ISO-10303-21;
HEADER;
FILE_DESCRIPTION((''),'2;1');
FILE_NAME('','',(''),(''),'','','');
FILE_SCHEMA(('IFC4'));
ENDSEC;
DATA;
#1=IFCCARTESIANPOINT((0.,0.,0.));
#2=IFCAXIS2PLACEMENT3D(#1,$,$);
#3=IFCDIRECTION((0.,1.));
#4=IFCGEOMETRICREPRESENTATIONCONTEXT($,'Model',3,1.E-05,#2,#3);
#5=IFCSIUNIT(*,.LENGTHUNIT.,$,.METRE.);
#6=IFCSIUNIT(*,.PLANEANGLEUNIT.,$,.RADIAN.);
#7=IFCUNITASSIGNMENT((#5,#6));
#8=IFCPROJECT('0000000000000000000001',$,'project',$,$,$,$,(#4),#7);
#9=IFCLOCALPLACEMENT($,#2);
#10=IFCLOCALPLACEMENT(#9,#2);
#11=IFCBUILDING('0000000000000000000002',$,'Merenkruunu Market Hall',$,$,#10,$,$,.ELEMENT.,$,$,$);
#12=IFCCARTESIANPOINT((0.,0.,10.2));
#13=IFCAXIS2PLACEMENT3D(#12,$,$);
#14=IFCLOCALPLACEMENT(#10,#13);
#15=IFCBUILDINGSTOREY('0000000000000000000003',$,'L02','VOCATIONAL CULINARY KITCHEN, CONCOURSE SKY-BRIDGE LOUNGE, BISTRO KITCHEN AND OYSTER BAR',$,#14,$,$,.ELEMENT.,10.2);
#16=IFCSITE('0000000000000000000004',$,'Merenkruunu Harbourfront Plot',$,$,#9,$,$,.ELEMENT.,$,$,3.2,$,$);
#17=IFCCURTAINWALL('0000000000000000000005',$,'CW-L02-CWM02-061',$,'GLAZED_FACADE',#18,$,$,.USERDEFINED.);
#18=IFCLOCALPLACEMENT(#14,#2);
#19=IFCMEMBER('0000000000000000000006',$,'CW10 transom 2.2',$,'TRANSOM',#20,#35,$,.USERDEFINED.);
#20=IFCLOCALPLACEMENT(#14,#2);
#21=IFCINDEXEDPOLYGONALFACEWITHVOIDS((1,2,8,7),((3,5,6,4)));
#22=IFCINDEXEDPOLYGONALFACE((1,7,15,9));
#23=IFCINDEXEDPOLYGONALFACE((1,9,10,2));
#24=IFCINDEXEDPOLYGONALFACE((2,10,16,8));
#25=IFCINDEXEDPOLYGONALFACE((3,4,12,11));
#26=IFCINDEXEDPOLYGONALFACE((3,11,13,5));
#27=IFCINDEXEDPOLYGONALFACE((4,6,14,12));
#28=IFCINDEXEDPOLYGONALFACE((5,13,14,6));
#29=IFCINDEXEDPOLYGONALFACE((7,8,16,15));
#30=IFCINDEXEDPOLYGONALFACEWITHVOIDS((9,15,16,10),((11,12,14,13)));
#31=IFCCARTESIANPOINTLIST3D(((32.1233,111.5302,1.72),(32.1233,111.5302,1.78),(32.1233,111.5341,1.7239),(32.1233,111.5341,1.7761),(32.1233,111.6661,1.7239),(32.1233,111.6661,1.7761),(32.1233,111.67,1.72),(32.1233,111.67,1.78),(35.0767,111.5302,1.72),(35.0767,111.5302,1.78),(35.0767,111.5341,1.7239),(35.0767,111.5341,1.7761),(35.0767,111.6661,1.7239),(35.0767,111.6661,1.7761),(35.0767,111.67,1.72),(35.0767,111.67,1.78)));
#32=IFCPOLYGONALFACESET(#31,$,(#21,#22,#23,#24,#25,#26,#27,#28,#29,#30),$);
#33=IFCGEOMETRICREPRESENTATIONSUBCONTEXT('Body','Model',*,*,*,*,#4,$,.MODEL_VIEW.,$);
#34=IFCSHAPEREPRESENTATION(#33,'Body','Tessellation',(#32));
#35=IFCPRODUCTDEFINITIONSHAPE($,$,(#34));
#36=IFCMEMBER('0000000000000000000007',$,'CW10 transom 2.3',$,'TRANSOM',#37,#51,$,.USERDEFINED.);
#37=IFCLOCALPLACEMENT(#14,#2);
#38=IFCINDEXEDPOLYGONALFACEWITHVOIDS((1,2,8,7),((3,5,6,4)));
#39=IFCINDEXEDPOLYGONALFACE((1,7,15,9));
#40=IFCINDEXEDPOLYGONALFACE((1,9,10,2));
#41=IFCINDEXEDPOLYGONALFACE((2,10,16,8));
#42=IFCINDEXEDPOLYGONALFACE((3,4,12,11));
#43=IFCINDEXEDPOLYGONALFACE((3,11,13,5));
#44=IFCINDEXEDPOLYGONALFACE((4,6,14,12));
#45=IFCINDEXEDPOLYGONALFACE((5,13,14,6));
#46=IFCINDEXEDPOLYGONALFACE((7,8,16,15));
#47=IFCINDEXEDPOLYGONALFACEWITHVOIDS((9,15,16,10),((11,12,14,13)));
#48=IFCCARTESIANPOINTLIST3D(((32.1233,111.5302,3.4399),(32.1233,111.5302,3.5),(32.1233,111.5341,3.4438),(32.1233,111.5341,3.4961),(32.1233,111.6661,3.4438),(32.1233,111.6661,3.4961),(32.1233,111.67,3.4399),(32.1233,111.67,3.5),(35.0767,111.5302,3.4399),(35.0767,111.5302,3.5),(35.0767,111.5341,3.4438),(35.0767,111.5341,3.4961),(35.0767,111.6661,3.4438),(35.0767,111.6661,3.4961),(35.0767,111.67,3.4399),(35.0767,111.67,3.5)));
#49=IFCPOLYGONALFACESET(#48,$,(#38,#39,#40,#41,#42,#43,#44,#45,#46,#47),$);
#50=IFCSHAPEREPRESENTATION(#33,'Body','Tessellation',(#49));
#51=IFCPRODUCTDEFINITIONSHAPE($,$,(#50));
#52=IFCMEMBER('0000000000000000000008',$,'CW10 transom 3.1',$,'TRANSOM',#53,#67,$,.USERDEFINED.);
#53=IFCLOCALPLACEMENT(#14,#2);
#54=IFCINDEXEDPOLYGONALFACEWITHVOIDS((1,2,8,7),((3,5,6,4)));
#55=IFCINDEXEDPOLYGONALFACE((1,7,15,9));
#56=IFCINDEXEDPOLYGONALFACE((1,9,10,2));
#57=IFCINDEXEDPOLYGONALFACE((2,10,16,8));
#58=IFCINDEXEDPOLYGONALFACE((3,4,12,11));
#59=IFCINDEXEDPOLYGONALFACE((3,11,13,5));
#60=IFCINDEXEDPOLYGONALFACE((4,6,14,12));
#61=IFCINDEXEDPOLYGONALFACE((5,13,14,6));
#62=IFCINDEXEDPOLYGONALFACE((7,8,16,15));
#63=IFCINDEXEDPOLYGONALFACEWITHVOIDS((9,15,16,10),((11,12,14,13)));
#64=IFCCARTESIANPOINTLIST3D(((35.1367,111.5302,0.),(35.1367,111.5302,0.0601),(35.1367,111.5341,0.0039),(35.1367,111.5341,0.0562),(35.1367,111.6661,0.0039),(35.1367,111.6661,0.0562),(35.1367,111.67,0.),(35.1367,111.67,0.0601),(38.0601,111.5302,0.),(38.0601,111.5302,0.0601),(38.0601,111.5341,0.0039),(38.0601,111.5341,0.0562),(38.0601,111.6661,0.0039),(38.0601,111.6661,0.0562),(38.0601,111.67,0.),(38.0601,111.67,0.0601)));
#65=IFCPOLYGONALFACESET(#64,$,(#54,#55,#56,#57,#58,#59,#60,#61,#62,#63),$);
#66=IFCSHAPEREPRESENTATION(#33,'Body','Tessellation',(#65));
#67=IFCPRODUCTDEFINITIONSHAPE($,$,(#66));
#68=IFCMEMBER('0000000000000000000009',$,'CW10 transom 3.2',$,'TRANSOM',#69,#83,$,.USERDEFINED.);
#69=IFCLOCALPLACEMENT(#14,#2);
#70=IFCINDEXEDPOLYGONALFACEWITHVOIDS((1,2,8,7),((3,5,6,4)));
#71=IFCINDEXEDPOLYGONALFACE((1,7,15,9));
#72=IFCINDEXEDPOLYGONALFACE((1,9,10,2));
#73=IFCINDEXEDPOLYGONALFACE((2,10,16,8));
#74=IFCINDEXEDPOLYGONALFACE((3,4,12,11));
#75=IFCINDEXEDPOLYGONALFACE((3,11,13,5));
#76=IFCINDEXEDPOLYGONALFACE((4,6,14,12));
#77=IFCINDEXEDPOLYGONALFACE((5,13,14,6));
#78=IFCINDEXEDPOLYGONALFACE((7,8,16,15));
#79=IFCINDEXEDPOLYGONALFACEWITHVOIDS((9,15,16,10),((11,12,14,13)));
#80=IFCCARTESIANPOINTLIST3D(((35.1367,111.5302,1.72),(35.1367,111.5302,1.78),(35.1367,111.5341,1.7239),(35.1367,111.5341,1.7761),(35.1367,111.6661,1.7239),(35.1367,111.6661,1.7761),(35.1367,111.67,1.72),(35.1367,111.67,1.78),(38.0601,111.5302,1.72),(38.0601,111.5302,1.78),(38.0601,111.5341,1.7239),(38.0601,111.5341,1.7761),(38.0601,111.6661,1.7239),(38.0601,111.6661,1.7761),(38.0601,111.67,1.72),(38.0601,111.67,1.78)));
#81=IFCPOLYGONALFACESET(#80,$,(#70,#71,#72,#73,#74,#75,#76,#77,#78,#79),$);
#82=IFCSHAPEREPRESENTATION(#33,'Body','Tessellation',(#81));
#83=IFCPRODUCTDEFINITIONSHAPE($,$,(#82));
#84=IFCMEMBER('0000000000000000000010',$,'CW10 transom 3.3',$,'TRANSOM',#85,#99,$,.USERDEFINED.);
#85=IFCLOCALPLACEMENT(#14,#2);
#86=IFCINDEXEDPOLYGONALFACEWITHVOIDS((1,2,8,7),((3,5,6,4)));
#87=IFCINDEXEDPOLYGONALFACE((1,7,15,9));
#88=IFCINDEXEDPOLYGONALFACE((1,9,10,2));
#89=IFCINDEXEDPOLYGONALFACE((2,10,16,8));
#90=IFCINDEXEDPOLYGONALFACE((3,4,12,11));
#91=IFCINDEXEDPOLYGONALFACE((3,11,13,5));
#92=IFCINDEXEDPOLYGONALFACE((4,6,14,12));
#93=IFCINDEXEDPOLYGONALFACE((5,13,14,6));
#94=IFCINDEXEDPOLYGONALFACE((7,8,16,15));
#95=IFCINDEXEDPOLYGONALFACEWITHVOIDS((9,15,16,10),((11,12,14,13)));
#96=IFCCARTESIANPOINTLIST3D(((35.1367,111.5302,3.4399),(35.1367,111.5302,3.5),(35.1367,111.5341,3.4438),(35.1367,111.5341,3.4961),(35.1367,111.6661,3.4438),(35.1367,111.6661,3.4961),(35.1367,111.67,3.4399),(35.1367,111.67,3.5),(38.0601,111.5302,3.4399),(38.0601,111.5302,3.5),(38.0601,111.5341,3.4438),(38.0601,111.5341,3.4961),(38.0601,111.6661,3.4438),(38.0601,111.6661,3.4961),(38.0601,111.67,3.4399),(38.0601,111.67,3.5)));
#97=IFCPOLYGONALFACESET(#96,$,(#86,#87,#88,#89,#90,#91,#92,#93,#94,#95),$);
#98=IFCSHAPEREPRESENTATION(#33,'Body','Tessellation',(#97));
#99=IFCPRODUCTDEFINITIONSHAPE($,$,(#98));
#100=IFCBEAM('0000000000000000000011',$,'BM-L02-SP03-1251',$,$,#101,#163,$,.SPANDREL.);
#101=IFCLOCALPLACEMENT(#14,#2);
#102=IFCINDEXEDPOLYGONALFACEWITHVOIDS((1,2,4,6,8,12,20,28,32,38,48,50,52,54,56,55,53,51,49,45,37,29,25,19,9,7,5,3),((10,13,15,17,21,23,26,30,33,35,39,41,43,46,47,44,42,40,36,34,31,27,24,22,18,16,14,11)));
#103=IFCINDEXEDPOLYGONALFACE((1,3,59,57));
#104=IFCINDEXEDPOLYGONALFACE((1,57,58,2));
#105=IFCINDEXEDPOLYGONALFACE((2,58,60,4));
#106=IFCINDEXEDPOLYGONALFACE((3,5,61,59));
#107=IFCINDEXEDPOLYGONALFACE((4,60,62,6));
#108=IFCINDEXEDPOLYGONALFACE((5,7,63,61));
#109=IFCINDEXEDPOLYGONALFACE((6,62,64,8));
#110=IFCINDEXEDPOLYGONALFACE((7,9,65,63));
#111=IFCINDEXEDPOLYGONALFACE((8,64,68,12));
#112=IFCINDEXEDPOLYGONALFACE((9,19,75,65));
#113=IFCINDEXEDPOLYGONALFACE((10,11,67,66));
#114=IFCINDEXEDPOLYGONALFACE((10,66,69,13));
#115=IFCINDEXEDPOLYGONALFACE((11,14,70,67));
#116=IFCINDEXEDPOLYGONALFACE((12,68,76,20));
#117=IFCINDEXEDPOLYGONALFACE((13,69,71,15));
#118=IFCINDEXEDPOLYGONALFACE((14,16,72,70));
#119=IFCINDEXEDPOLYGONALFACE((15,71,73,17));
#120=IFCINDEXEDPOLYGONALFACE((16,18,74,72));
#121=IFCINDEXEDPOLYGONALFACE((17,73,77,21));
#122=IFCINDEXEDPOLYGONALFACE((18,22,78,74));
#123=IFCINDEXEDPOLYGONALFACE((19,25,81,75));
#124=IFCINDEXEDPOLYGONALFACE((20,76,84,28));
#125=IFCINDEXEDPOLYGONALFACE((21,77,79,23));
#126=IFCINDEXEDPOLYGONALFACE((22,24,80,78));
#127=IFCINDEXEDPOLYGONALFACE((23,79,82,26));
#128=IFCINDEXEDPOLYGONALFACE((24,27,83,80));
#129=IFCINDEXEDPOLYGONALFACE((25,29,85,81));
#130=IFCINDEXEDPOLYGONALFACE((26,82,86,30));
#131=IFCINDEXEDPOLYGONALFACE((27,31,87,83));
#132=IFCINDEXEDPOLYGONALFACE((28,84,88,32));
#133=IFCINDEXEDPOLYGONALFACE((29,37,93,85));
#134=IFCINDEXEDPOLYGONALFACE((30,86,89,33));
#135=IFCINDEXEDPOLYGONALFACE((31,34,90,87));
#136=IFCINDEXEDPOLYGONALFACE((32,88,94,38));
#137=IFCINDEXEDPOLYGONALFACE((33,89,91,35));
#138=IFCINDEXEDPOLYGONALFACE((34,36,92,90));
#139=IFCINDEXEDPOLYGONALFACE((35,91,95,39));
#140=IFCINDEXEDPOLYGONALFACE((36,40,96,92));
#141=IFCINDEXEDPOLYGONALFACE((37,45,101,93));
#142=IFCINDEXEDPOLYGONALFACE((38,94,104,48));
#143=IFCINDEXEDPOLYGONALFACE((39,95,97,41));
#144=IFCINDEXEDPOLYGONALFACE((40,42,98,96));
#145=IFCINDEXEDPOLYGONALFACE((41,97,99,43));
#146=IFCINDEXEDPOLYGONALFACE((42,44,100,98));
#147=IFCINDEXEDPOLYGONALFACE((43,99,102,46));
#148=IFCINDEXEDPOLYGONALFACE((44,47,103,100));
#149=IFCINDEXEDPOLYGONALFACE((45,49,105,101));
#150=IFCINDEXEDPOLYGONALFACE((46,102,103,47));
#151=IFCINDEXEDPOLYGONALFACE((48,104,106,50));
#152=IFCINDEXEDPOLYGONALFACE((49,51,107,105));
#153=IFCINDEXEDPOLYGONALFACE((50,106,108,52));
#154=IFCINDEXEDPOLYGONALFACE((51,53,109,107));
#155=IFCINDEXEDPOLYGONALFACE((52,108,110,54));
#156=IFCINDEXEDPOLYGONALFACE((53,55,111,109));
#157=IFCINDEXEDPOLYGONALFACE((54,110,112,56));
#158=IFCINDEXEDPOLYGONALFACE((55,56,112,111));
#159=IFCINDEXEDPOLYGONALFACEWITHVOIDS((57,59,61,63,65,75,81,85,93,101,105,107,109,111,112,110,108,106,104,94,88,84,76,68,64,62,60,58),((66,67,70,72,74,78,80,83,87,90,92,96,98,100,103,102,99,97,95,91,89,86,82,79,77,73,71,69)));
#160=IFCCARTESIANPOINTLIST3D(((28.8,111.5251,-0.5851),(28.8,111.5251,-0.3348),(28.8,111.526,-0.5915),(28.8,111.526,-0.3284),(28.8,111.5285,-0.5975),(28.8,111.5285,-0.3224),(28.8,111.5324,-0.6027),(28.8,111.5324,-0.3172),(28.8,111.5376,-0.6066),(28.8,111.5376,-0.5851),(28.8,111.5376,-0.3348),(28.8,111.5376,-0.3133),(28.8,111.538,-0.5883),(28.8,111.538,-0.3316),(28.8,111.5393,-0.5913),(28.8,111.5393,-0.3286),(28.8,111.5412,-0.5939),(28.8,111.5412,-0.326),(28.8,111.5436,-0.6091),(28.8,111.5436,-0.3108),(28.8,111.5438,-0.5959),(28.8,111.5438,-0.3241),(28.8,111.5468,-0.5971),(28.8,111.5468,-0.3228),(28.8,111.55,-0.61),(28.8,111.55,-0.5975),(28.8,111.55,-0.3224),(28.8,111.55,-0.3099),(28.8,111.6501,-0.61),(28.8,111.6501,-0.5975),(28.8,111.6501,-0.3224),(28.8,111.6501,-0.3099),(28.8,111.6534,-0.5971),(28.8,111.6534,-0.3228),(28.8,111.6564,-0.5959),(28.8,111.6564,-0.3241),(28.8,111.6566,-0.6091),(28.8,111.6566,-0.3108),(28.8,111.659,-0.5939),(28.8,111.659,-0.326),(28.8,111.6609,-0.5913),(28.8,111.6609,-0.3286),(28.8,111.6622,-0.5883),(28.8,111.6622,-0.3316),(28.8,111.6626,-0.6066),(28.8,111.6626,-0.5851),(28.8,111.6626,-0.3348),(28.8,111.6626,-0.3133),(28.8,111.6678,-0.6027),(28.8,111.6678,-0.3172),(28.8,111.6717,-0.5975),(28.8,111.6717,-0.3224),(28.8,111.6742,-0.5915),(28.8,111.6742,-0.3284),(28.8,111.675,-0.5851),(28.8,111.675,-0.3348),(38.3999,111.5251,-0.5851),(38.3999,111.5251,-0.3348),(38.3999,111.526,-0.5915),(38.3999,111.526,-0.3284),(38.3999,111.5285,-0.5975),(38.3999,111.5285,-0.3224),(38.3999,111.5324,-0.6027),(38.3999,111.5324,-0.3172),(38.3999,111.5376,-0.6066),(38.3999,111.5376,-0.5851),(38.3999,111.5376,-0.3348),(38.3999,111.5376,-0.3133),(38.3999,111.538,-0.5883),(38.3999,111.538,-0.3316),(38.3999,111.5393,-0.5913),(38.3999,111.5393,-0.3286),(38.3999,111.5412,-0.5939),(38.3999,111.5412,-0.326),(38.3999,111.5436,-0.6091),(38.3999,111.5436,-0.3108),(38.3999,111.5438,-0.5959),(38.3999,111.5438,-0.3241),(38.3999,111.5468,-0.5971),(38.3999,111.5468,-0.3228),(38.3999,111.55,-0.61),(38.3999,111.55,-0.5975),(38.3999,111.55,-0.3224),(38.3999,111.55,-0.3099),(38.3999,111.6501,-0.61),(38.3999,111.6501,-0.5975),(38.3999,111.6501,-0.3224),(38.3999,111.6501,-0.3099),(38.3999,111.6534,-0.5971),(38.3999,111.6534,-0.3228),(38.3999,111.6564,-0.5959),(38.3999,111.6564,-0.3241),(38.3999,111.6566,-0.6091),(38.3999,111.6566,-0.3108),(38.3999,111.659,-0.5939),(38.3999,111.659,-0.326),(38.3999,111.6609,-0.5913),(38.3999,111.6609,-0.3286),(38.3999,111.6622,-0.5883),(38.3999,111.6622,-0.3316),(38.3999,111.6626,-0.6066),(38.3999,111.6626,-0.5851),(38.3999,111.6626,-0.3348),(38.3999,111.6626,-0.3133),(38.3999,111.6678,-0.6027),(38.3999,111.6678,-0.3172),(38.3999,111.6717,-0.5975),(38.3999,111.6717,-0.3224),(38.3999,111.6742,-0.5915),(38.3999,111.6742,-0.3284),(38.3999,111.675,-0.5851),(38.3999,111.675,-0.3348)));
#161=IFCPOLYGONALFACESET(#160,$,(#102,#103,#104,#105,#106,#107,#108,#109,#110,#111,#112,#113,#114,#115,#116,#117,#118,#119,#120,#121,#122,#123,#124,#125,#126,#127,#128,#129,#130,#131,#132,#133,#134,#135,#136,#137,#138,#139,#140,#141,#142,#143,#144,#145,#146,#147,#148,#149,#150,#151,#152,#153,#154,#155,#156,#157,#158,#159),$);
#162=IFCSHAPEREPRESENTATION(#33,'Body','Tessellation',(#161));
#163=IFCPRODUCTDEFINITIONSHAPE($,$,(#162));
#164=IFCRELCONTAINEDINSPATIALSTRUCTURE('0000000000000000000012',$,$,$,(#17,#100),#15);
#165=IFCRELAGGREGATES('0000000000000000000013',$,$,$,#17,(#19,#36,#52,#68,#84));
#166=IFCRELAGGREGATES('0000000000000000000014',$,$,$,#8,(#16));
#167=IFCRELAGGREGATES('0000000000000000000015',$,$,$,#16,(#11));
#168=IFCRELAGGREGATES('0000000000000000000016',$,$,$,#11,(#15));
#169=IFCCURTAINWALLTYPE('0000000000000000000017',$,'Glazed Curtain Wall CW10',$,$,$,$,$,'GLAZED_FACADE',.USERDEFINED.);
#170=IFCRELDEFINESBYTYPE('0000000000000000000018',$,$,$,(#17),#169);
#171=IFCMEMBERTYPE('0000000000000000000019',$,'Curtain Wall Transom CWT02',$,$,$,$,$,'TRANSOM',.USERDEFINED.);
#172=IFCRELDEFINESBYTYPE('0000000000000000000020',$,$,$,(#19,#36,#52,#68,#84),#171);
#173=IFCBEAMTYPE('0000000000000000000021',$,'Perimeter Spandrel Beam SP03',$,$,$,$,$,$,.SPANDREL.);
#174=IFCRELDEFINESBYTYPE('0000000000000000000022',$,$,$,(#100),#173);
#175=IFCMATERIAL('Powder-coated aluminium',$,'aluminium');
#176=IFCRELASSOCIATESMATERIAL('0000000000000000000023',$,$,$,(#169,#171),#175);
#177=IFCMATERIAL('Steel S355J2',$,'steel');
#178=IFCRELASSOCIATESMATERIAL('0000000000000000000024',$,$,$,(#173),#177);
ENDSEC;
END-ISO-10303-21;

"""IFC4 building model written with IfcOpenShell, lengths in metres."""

from ifc_helpers import new_model, si_unit, direction, frame, origin, origin_2d, place, context, subcontext, project, spatial, hollow_rectangle, extrude, material, material_profile, profile_set, type_object, element, aggregate, save


model = new_model("IFC4")

# Units and contexts
model_context = context("Model", 3, precision=1e-05, world=origin(), true_north=direction((0.0, 1.0)))
body_context = subcontext(model_context, "Body", "Model", "MODEL_VIEW")
ifc_project = project(units=[si_unit("LENGTHUNIT", "METRE"), si_unit("PLANEANGLEUNIT", "RADIAN")], contexts=[model_context])

# Site, building, storey
site_placement = place(None, origin())
site = spatial("IfcSite", under=ifc_project, at=site_placement, Name="Merenkruunu Harbourfront Plot", CompositionType="ELEMENT", RefElevation=3.2)
building_placement = place(site_placement, origin())
building = spatial("IfcBuilding", under=site, at=building_placement, Name="Merenkruunu Market Hall", CompositionType="ELEMENT")
storey_placement = place(building_placement, frame((0.0, 0.0, 10.2)))
storey = spatial("IfcBuildingStorey", under=building, at=storey_placement, Name="L02", Description="VOCATIONAL CULINARY KITCHEN, CONCOURSE SKY-BRIDGE LOUNGE, BISTRO KITCHEN AND OYSTER BAR", CompositionType="ELEMENT", Elevation=10.2)

# Shared definitions
ifc_material_1 = material(Name="Steel S355J2", Category="steel")

# Curtain wall, members
ifc_material_2 = material(Name="Powder-coated aluminium", Category="aluminium")
curtain_wall_type = type_object("IfcCurtainWallType", Name="Glazed Curtain Wall CW10", ElementType="GLAZED_FACADE", PredefinedType="USERDEFINED", material=ifc_material_2)
curtain_wall_placement = place(storey_placement, origin())
curtain_wall = element("IfcCurtainWall", 1, at=curtain_wall_placement, inside=storey, type_object=curtain_wall_type, Name="CW-L02-CWM02-061", ObjectType="GLAZED_FACADE", PredefinedType="USERDEFINED")
ifc_material_profile_1 = material_profile(ifc_material_2, hollow_rectangle(XDim=0.0601, YDim=0.1399, WallThickness=0.0039, at=origin_2d()), Name="ALU 60x140x4")
ifc_profile_set_1 = profile_set([ifc_material_profile_1], Name="Powder-coated aluminium")
member_type_1 = type_object("IfcMemberType", Name="Curtain Wall Transom CWT02", ElementType="TRANSOM", PredefinedType="USERDEFINED", material=ifc_profile_set_1)
member_1_placement = place(storey_placement, frame((32.1233, 111.6001, 1.75), z_axis=(1.0, 0.0, 0.0), x_axis=(0.0, 0.0, 1.0)))
member_1 = element("IfcMember", 2, at=member_1_placement, type_object=member_type_1, Name="CW10 transom 2.2", ObjectType="TRANSOM", PredefinedType="USERDEFINED", context=body_context, shape_type="SweptSolid", body=[
    extrude(hollow_rectangle(XDim=0.0601, YDim=0.1399, WallThickness=0.0039, at=origin_2d()), origin(), (0.0, 0.0, 1.0), 2.9534),
])
member_2_placement = place(storey_placement, frame((32.1233, 111.6001, 3.47), z_axis=(1.0, 0.0, 0.0), x_axis=(0.0, 0.0, 1.0)))
member_2 = element("IfcMember", 3, at=member_2_placement, type_object=member_type_1, Name="CW10 transom 2.3", ObjectType="TRANSOM", PredefinedType="USERDEFINED", context=body_context, shape_type="SweptSolid", body=[
    extrude(hollow_rectangle(XDim=0.0601, YDim=0.1399, WallThickness=0.0039, at=origin_2d()), origin(), (0.0, 0.0, 1.0), 2.9534),
])
member_3_placement = place(storey_placement, frame((35.1367, 111.6001, 0.03), z_axis=(1.0, 0.0, 0.0), x_axis=(0.0, 0.0, 1.0)))
member_3 = element("IfcMember", 4, at=member_3_placement, type_object=member_type_1, Name="CW10 transom 3.1", ObjectType="TRANSOM", PredefinedType="USERDEFINED", context=body_context, shape_type="SweptSolid", body=[
    extrude(hollow_rectangle(XDim=0.0601, YDim=0.1399, WallThickness=0.0039, at=origin_2d()), origin(), (0.0, 0.0, 1.0), 2.9233),
])
member_4_placement = place(storey_placement, frame((35.1367, 111.6001, 1.75), z_axis=(1.0, 0.0, 0.0), x_axis=(0.0, 0.0, 1.0)))
member_4 = element("IfcMember", 5, at=member_4_placement, type_object=member_type_1, Name="CW10 transom 3.2", ObjectType="TRANSOM", PredefinedType="USERDEFINED", context=body_context, shape_type="SweptSolid", body=[
    extrude(hollow_rectangle(XDim=0.0601, YDim=0.1399, WallThickness=0.0039, at=origin_2d()), origin(), (0.0, 0.0, 1.0), 2.9233),
])
member_5_placement = place(storey_placement, frame((35.1367, 111.6001, 3.47), z_axis=(1.0, 0.0, 0.0), x_axis=(0.0, 0.0, 1.0)))
member_5 = element("IfcMember", 6, at=member_5_placement, type_object=member_type_1, Name="CW10 transom 3.3", ObjectType="TRANSOM", PredefinedType="USERDEFINED", context=body_context, shape_type="SweptSolid", body=[
    extrude(hollow_rectangle(XDim=0.0601, YDim=0.1399, WallThickness=0.0039, at=origin_2d()), origin(), (0.0, 0.0, 1.0), 2.9233),
])

# Beam
ifc_material_profile_2 = material_profile(ifc_material_1, hollow_rectangle(XDim=0.1499, YDim=0.3, WallThickness=0.0125, InnerFilletRadius=0.0125, OuterFilletRadius=0.0249, at=origin_2d()), Name="RHS 300x150x12.5")
ifc_profile_set_2 = profile_set([ifc_material_profile_2], Name="Steel S355J2")
beam_type = type_object("IfcBeamType", Name="Perimeter Spandrel Beam SP03", PredefinedType="SPANDREL", material=ifc_profile_set_2)
beam_1_placement = place(storey_placement, frame((28.8, 111.6001, -0.46), z_axis=(1.0, 0.0, 0.0), x_axis=(0.0, 1.0, 0.0)))
element("IfcBeam", 7, at=beam_1_placement, inside=storey, type_object=beam_type, Name="BM-L02-SP03-1251", PredefinedType="SPANDREL", context=body_context, shape_type="SweptSolid", body=[
    extrude(hollow_rectangle(XDim=0.1499, YDim=0.3, WallThickness=0.0125, InnerFilletRadius=0.0125, OuterFilletRadius=0.0249, at=origin_2d()), origin(), (0.0, 0.0, 1.0), 9.5999),
])

aggregate(curtain_wall, [member_1, member_2, member_3, member_4, member_5])

save(model, "model.ifc")
